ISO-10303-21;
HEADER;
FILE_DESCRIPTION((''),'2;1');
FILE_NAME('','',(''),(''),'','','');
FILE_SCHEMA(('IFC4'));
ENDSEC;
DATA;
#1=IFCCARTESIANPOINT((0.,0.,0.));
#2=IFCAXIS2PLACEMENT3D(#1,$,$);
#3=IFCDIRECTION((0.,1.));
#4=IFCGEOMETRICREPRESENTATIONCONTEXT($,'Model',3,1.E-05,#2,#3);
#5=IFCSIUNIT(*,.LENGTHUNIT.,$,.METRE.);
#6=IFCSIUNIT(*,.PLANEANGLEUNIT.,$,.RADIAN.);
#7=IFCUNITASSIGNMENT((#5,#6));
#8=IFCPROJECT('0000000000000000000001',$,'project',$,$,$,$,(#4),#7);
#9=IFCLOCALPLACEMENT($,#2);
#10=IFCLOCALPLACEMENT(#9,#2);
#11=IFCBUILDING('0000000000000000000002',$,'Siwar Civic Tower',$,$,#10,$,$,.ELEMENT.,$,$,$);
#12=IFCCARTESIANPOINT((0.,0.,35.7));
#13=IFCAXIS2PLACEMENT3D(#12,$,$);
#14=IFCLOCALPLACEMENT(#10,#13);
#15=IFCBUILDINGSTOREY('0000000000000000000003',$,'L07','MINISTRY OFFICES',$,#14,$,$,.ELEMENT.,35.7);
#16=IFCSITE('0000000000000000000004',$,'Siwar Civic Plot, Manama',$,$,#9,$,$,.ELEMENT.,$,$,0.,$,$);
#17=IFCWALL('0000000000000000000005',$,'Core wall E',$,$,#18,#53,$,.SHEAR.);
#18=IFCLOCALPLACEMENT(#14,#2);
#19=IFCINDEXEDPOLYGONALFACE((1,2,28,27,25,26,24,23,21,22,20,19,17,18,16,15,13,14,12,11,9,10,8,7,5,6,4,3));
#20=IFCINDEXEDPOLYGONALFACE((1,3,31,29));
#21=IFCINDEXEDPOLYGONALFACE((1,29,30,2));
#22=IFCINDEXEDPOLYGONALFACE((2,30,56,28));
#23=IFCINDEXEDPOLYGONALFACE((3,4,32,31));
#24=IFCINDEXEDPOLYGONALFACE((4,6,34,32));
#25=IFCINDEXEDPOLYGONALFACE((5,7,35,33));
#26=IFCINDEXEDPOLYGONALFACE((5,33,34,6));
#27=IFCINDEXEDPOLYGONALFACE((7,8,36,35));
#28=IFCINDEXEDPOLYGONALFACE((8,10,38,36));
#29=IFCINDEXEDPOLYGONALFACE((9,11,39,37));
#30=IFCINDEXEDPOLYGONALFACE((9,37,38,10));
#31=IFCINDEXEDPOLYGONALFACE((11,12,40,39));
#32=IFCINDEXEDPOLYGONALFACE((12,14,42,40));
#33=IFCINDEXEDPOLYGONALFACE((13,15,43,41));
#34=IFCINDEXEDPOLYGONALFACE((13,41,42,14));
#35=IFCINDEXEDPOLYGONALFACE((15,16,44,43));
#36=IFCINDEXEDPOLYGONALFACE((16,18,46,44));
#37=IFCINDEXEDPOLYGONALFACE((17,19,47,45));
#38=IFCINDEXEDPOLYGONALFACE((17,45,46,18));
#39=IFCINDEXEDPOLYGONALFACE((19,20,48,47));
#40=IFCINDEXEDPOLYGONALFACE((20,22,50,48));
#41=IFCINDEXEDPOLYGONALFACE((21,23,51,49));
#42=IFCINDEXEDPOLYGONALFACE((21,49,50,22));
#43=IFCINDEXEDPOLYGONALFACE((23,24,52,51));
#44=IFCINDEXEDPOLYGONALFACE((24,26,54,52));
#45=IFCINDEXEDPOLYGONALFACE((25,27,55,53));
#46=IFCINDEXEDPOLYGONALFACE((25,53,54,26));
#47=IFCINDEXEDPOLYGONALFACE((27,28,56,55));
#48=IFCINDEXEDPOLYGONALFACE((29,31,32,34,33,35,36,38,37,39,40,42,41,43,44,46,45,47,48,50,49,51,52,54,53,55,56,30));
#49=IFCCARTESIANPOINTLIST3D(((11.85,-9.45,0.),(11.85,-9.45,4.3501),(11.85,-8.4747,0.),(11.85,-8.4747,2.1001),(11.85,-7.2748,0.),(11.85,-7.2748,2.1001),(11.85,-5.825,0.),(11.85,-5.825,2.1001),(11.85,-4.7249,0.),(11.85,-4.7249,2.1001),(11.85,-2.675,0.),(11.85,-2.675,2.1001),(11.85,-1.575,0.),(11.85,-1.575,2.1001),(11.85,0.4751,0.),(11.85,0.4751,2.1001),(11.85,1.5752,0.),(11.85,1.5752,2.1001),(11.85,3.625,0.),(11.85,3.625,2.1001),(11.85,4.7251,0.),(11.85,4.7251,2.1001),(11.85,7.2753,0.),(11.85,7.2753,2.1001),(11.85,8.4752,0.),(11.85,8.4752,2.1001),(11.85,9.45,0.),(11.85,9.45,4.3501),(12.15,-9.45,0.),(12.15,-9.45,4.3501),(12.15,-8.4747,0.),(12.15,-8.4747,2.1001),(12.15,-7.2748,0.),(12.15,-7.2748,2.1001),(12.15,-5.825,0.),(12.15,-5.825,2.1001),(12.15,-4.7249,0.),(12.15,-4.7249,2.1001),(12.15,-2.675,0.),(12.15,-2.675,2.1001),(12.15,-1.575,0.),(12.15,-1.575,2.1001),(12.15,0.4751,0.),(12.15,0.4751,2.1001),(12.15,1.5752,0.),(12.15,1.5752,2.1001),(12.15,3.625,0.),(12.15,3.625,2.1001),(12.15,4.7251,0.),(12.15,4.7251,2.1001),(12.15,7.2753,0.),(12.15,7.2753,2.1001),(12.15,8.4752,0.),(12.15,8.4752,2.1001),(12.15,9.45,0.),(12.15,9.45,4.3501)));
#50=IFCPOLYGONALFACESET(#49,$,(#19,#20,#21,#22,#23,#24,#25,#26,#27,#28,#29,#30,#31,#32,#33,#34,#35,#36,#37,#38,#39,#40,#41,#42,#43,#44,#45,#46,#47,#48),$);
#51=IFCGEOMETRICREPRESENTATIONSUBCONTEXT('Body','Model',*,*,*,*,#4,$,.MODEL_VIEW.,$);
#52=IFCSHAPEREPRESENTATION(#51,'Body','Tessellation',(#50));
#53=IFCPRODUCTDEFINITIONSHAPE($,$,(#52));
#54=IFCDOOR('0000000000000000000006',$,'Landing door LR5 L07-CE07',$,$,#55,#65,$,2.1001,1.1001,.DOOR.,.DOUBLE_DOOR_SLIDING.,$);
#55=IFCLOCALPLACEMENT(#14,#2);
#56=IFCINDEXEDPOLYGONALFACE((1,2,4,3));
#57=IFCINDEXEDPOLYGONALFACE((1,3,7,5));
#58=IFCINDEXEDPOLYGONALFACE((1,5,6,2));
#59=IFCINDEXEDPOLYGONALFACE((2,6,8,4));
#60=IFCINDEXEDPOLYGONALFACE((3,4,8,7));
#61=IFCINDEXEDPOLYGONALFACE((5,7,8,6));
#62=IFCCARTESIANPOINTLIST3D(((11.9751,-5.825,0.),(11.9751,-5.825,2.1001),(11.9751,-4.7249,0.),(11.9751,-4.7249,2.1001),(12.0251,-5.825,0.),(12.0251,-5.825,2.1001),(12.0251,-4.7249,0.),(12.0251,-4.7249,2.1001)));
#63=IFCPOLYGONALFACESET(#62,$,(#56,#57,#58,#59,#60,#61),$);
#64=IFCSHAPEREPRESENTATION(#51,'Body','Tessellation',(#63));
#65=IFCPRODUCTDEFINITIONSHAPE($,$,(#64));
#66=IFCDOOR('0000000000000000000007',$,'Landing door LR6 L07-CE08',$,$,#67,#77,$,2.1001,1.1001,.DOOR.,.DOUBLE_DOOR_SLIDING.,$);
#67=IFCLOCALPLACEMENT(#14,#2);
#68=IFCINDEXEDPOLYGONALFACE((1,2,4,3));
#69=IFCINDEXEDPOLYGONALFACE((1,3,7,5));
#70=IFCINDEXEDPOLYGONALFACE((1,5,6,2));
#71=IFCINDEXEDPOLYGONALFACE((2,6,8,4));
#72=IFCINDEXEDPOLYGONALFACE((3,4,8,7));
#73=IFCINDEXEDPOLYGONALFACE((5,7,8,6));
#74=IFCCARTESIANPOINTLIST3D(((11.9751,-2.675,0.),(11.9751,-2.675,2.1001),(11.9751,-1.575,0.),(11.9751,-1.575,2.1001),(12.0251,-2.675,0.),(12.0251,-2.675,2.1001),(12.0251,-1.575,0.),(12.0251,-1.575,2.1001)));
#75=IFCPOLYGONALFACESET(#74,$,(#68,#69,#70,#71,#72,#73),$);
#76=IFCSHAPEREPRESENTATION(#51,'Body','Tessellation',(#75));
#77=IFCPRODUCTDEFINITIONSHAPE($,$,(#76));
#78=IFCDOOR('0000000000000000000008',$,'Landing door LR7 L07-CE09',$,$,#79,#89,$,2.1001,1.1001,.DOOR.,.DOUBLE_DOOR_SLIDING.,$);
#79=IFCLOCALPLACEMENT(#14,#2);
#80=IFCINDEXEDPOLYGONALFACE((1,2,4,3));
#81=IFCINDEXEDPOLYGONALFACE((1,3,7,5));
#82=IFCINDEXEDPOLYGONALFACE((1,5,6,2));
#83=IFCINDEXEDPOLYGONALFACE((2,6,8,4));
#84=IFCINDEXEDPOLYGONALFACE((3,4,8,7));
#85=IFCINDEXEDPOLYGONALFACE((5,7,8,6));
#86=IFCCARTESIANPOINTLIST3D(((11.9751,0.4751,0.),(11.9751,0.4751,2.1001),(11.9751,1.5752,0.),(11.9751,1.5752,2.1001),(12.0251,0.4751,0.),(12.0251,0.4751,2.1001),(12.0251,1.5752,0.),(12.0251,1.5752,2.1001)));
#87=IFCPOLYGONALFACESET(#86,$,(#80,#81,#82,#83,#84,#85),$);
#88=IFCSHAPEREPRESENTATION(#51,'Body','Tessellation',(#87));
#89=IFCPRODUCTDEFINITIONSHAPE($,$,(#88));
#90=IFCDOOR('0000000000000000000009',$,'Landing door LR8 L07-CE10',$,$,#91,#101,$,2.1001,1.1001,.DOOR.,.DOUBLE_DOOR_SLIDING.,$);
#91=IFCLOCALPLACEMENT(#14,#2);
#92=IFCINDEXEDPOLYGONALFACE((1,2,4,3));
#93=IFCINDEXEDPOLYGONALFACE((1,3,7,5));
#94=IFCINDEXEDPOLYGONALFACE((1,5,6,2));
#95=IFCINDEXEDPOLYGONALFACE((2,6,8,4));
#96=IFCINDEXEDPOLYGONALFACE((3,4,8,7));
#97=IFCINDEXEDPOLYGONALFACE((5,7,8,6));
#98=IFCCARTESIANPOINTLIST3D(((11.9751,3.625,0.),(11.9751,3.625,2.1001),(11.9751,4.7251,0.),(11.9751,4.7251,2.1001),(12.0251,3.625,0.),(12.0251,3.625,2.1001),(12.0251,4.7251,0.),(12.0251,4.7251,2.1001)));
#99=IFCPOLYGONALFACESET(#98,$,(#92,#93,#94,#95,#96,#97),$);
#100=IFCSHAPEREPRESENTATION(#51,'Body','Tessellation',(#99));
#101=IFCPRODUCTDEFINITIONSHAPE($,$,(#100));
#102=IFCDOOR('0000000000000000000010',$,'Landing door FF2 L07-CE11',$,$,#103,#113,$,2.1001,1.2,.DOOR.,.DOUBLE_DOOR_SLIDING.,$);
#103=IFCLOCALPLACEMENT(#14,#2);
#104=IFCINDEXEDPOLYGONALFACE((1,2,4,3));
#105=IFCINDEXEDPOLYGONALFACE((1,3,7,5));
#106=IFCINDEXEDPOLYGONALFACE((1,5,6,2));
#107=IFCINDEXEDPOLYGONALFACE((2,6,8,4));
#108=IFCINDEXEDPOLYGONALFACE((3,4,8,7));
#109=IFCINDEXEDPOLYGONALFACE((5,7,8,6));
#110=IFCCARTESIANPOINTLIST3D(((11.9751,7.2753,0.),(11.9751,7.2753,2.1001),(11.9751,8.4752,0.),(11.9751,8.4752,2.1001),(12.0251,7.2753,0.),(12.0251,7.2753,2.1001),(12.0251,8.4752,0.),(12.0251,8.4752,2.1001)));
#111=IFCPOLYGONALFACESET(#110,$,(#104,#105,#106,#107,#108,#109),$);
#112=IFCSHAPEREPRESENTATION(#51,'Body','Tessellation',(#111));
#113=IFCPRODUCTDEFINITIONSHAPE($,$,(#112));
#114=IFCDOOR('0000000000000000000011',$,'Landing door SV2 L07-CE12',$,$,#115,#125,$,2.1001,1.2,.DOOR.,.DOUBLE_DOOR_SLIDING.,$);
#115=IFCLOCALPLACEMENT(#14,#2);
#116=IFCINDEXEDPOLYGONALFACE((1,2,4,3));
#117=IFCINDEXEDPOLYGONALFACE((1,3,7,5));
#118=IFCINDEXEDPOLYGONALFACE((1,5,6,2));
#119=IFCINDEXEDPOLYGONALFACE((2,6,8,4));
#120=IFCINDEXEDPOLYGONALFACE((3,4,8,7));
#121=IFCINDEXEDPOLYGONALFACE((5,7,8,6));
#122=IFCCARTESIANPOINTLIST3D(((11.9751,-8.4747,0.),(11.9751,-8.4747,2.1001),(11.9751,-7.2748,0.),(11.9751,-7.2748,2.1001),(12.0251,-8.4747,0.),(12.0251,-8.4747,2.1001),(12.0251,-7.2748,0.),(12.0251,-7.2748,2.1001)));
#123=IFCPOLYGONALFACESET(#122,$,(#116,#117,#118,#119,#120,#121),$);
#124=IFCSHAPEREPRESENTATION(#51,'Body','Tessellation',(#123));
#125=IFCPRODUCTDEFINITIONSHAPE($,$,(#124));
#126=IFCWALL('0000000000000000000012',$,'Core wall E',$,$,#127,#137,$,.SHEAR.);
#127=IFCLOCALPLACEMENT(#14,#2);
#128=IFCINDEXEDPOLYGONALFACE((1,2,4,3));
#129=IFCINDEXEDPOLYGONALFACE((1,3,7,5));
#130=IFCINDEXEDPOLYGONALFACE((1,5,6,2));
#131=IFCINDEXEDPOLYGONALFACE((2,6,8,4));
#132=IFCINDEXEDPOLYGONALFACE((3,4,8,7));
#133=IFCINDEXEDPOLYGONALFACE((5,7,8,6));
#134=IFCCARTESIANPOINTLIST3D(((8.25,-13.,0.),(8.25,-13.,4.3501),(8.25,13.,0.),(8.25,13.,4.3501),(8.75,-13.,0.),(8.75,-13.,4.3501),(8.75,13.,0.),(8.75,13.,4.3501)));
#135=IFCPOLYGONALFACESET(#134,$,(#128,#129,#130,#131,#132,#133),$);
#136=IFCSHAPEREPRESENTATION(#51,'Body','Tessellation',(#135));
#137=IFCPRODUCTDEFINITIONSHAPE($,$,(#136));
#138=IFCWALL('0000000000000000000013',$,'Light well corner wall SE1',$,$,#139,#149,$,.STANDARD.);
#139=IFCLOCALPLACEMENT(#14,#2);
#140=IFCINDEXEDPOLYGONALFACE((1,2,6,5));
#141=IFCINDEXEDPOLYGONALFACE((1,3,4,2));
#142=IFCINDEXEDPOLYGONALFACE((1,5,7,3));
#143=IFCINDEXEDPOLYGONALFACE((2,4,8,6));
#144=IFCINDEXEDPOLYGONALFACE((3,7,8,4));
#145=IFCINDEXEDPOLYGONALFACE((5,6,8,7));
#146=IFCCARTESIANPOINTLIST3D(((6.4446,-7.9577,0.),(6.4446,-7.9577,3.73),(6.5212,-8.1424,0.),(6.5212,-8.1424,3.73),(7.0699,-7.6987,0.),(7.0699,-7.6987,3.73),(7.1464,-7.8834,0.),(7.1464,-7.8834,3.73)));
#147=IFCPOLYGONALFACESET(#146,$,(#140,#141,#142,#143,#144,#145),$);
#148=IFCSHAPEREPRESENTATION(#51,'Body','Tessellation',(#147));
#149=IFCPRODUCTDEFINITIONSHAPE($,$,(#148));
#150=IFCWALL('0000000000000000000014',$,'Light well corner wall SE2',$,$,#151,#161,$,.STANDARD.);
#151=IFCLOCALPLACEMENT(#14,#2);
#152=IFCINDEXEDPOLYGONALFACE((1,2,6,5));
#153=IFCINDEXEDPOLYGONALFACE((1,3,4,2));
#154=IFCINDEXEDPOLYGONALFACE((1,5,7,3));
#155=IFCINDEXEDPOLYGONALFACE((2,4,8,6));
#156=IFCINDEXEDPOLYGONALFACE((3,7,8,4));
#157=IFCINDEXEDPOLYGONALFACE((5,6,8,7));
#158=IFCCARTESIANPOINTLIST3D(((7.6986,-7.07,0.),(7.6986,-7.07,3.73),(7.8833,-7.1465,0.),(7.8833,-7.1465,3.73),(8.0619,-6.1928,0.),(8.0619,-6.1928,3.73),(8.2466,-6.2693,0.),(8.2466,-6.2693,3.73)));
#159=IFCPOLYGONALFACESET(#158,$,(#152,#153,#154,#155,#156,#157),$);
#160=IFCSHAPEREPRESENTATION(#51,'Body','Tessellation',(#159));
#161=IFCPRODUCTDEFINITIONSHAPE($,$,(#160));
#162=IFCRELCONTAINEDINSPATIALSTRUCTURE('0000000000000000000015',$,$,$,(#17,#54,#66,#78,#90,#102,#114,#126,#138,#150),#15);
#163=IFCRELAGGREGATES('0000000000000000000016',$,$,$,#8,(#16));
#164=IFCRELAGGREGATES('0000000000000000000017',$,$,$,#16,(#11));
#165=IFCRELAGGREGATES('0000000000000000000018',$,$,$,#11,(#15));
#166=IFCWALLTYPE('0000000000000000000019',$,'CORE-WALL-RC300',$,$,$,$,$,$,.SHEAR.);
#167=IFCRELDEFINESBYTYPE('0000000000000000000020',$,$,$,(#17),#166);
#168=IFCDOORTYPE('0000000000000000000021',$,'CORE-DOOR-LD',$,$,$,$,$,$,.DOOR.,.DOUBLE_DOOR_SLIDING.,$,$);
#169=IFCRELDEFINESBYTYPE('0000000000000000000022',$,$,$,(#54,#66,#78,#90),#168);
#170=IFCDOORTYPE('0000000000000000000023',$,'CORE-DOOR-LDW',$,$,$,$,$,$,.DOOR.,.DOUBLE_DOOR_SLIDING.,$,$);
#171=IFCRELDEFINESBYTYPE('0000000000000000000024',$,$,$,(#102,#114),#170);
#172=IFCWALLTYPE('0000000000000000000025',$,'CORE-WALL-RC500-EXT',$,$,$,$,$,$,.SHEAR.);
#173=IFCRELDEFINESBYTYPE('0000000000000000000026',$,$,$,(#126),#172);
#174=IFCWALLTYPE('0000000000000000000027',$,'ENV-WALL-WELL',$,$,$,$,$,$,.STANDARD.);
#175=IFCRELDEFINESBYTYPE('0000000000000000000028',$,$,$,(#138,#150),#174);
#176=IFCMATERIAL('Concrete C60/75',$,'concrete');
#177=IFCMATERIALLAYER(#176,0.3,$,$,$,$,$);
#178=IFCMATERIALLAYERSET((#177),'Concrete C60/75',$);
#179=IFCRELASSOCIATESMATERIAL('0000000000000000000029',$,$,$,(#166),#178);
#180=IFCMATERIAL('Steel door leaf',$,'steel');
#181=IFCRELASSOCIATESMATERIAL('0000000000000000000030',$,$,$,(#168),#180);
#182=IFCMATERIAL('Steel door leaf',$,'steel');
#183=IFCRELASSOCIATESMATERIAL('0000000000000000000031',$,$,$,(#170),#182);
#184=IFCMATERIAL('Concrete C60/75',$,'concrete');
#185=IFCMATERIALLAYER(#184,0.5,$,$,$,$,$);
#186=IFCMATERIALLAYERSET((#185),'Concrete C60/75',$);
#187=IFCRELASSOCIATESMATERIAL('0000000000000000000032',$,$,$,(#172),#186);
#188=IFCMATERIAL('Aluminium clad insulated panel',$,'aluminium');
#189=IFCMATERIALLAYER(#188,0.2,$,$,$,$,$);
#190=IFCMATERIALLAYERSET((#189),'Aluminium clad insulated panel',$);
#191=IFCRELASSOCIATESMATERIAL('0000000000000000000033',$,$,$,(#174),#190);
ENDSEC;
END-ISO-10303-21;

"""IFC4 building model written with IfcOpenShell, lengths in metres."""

from ifc_helpers import new_model, si_unit, direction, frame, frame_2d, origin, place, context, subcontext, project, spatial, rectangle, extrude, material, layer, layer_set, type_object, element, fill, save


model = new_model("IFC4")

# Units and contexts
model_context = context("Model", 3, precision=1e-05, world=origin(), true_north=direction((0.0, 1.0)))
body_context = subcontext(model_context, "Body", "Model", "MODEL_VIEW")
ifc_project = project(units=[si_unit("LENGTHUNIT", "METRE"), si_unit("PLANEANGLEUNIT", "RADIAN")], contexts=[model_context])

# Site, building, storey
site_placement = place(None, origin())
site = spatial("IfcSite", under=ifc_project, at=site_placement, Name="Siwar Civic Plot, Manama", CompositionType="ELEMENT", RefElevation=0.0)
building_placement = place(site_placement, origin())
building = spatial("IfcBuilding", under=site, at=building_placement, Name="Siwar Civic Tower", CompositionType="ELEMENT")
storey_placement = place(building_placement, frame((0.0, 0.0, 35.7)))
storey = spatial("IfcBuildingStorey", under=building, at=storey_placement, Name="L07", Description="MINISTRY OFFICES", CompositionType="ELEMENT", Elevation=35.7)

# Wall, openings, doors
ifc_material_1 = material(Name="Concrete C60/75", Category="concrete")
ifc_layer_1 = layer(ifc_material_1, 0.3)
ifc_layer_set_1 = layer_set([ifc_layer_1], Name="Concrete C60/75")
wall_type_1 = type_object("IfcWallType", Name="CORE-WALL-RC300", PredefinedType="SHEAR", material=ifc_layer_set_1)
wall_1_placement = place(storey_placement, frame((12.0, -9.45, 0.0), z_axis=(0.0, 0.0, 1.0), x_axis=(0.0, 1.0, 0.0)))
wall_1 = element("IfcWall", 1, at=wall_1_placement, inside=storey, type_object=wall_type_1, Name="Core wall E", PredefinedType="SHEAR", context=body_context, shape_type="SweptSolid", body=[
    extrude(rectangle(XDim=18.8999, YDim=0.3, at=frame_2d((9.45, 0.0))), origin(), (0.0, 0.0, 1.0), 4.3501),
])
opening_1_placement = place(wall_1_placement, frame((3.625, 0.0, 0.0)))
opening_1 = element("IfcOpeningElement", 2, at=opening_1_placement, cuts=wall_1, PredefinedType="OPENING", context=body_context, shape_type="SweptSolid", body=[
    extrude(rectangle(XDim=1.1001, YDim=2.1001, at=frame_2d((0.55, 1.05))), frame((0.0, 0.1602, 0.0), z_axis=(0.0, -1.0, 0.0), x_axis=(1.0, 0.0, 0.0)), (0.0, 0.0, 1.0), 0.3201),
])
opening_2_placement = place(wall_1_placement, frame((6.7749, 0.0, 0.0)))
opening_2 = element("IfcOpeningElement", 3, at=opening_2_placement, cuts=wall_1, PredefinedType="OPENING", context=body_context, shape_type="SweptSolid", body=[
    extrude(rectangle(XDim=1.1001, YDim=2.1001, at=frame_2d((0.55, 1.05))), frame((0.0, 0.1602, 0.0), z_axis=(0.0, -1.0, 0.0), x_axis=(1.0, 0.0, 0.0)), (0.0, 0.0, 1.0), 0.3201),
])
opening_3_placement = place(wall_1_placement, frame((9.925, 0.0, 0.0)))
opening_3 = element("IfcOpeningElement", 4, at=opening_3_placement, cuts=wall_1, PredefinedType="OPENING", context=body_context, shape_type="SweptSolid", body=[
    extrude(rectangle(XDim=1.1001, YDim=2.1001, at=frame_2d((0.55, 1.05))), frame((0.0, 0.1602, 0.0), z_axis=(0.0, -1.0, 0.0), x_axis=(1.0, 0.0, 0.0)), (0.0, 0.0, 1.0), 0.3201),
])
opening_4_placement = place(wall_1_placement, frame((13.075, 0.0, 0.0)))
opening_4 = element("IfcOpeningElement", 5, at=opening_4_placement, cuts=wall_1, PredefinedType="OPENING", context=body_context, shape_type="SweptSolid", body=[
    extrude(rectangle(XDim=1.1001, YDim=2.1001, at=frame_2d((0.55, 1.05))), frame((0.0, 0.1602, 0.0), z_axis=(0.0, -1.0, 0.0), x_axis=(1.0, 0.0, 0.0)), (0.0, 0.0, 1.0), 0.3201),
])
opening_5_placement = place(wall_1_placement, frame((16.7251, 0.0, 0.0)))
opening_5 = element("IfcOpeningElement", 6, at=opening_5_placement, cuts=wall_1, PredefinedType="OPENING", context=body_context, shape_type="SweptSolid", body=[
    extrude(rectangle(XDim=1.2, YDim=2.1001, at=frame_2d((0.6001, 1.05))), frame((0.0, 0.1602, 0.0), z_axis=(0.0, -1.0, 0.0), x_axis=(1.0, 0.0, 0.0)), (0.0, 0.0, 1.0), 0.3201),
])
opening_6_placement = place(wall_1_placement, frame((0.9751, 0.0, 0.0)))
opening_6 = element("IfcOpeningElement", 7, at=opening_6_placement, cuts=wall_1, PredefinedType="OPENING", context=body_context, shape_type="SweptSolid", body=[
    extrude(rectangle(XDim=1.2, YDim=2.1001, at=frame_2d((0.6001, 1.05))), frame((0.0, 0.1602, 0.0), z_axis=(0.0, -1.0, 0.0), x_axis=(1.0, 0.0, 0.0)), (0.0, 0.0, 1.0), 0.3201),
])
ifc_material_2 = material(Name="Steel door leaf", Category="steel")
door_type_1 = type_object("IfcDoorType", Name="CORE-DOOR-LD", OperationType="DOUBLE_DOOR_SLIDING", PredefinedType="DOOR", material=ifc_material_2)
door_1_placement = place(opening_1_placement, origin())
door_1 = element("IfcDoor", 8, at=door_1_placement, inside=storey, type_object=door_type_1, Name="Landing door LR5 L07-CE07", OperationType="DOUBLE_DOOR_SLIDING", OverallHeight=2.1001, OverallWidth=1.1001, PredefinedType="DOOR", context=body_context, shape_type="SweptSolid", body=[
    extrude(rectangle(XDim=1.1001, YDim=2.1001, at=frame_2d((0.55, 1.05))), frame((0.0, 0.0249, 0.0), z_axis=(0.0, -1.0, 0.0), x_axis=(1.0, 0.0, 0.0)), (0.0, 0.0, 1.0), 0.05),
])
fill(opening_1, door_1)
door_2_placement = place(opening_2_placement, origin())
door_2 = element("IfcDoor", 9, at=door_2_placement, inside=storey, type_object=door_type_1, Name="Landing door LR6 L07-CE08", OperationType="DOUBLE_DOOR_SLIDING", OverallHeight=2.1001, OverallWidth=1.1001, PredefinedType="DOOR", context=body_context, shape_type="SweptSolid", body=[
    extrude(rectangle(XDim=1.1001, YDim=2.1001, at=frame_2d((0.55, 1.05))), frame((0.0, 0.0249, 0.0), z_axis=(0.0, -1.0, 0.0), x_axis=(1.0, 0.0, 0.0)), (0.0, 0.0, 1.0), 0.05),
])
fill(opening_2, door_2)
door_3_placement = place(opening_3_placement, origin())
door_3 = element("IfcDoor", 10, at=door_3_placement, inside=storey, type_object=door_type_1, Name="Landing door LR7 L07-CE09", OperationType="DOUBLE_DOOR_SLIDING", OverallHeight=2.1001, OverallWidth=1.1001, PredefinedType="DOOR", context=body_context, shape_type="SweptSolid", body=[
    extrude(rectangle(XDim=1.1001, YDim=2.1001, at=frame_2d((0.55, 1.05))), frame((0.0, 0.0249, 0.0), z_axis=(0.0, -1.0, 0.0), x_axis=(1.0, 0.0, 0.0)), (0.0, 0.0, 1.0), 0.05),
])
fill(opening_3, door_3)
door_4_placement = place(opening_4_placement, origin())
door_4 = element("IfcDoor", 11, at=door_4_placement, inside=storey, type_object=door_type_1, Name="Landing door LR8 L07-CE10", OperationType="DOUBLE_DOOR_SLIDING", OverallHeight=2.1001, OverallWidth=1.1001, PredefinedType="DOOR", context=body_context, shape_type="SweptSolid", body=[
    extrude(rectangle(XDim=1.1001, YDim=2.1001, at=frame_2d((0.55, 1.05))), frame((0.0, 0.0249, 0.0), z_axis=(0.0, -1.0, 0.0), x_axis=(1.0, 0.0, 0.0)), (0.0, 0.0, 1.0), 0.05),
])
fill(opening_4, door_4)
ifc_material_3 = material(Name="Steel door leaf", Category="steel")
door_type_2 = type_object("IfcDoorType", Name="CORE-DOOR-LDW", OperationType="DOUBLE_DOOR_SLIDING", PredefinedType="DOOR", material=ifc_material_3)
door_5_placement = place(opening_5_placement, origin())
door_5 = element("IfcDoor", 12, at=door_5_placement, inside=storey, type_object=door_type_2, Name="Landing door FF2 L07-CE11", OperationType="DOUBLE_DOOR_SLIDING", OverallHeight=2.1001, OverallWidth=1.2, PredefinedType="DOOR", context=body_context, shape_type="SweptSolid", body=[
    extrude(rectangle(XDim=1.2, YDim=2.1001, at=frame_2d((0.6001, 1.05))), frame((0.0, 0.0249, 0.0), z_axis=(0.0, -1.0, 0.0), x_axis=(1.0, 0.0, 0.0)), (0.0, 0.0, 1.0), 0.05),
])
fill(opening_5, door_5)
door_6_placement = place(opening_6_placement, origin())
door_6 = element("IfcDoor", 13, at=door_6_placement, inside=storey, type_object=door_type_2, Name="Landing door SV2 L07-CE12", OperationType="DOUBLE_DOOR_SLIDING", OverallHeight=2.1001, OverallWidth=1.2, PredefinedType="DOOR", context=body_context, shape_type="SweptSolid", body=[
    extrude(rectangle(XDim=1.2, YDim=2.1001, at=frame_2d((0.6001, 1.05))), frame((0.0, 0.0249, 0.0), z_axis=(0.0, -1.0, 0.0), x_axis=(1.0, 0.0, 0.0)), (0.0, 0.0, 1.0), 0.05),
])
fill(opening_6, door_6)

# Walls
ifc_material_4 = material(Name="Concrete C60/75", Category="concrete")
ifc_layer_2 = layer(ifc_material_4, 0.5)
ifc_layer_set_2 = layer_set([ifc_layer_2], Name="Concrete C60/75")
wall_type_2 = type_object("IfcWallType", Name="CORE-WALL-RC500-EXT", PredefinedType="SHEAR", material=ifc_layer_set_2)
wall_2_placement = place(storey_placement, frame((8.5, -13.0, 0.0), z_axis=(0.0, 0.0, 1.0), x_axis=(0.0, 1.0, 0.0)))
element("IfcWall", 14, at=wall_2_placement, inside=storey, type_object=wall_type_2, Name="Core wall E", PredefinedType="SHEAR", context=body_context, shape_type="SweptSolid", body=[
    extrude(rectangle(XDim=26.0, YDim=0.5, at=frame_2d((13.0, 0.0))), origin(), (0.0, 0.0, 1.0), 4.3501),
])
ifc_material_5 = material(Name="Aluminium clad insulated panel", Category="aluminium")
ifc_layer_3 = layer(ifc_material_5, 0.2)
ifc_layer_set_3 = layer_set([ifc_layer_3], Name="Aluminium clad insulated panel")
wall_type_3 = type_object("IfcWallType", Name="ENV-WALL-WELL", PredefinedType="STANDARD", material=ifc_layer_set_3)
wall_3_placement = place(storey_placement, frame((6.4829, -8.05, 0.0), z_axis=(0.0, 0.0, 1.0), x_axis=(0.923854, 0.382745, 0.0)))
element("IfcWall", 15, at=wall_3_placement, inside=storey, type_object=wall_type_3, Name="Light well corner wall SE1", PredefinedType="STANDARD", context=body_context, shape_type="SweptSolid", body=[
    extrude(rectangle(XDim=0.6768, YDim=0.2, at=frame_2d((0.3384, 0.0))), origin(), (0.0, 0.0, 1.0), 3.73),
])
wall_4_placement = place(storey_placement, frame((7.791, -7.1082, 0.0), z_axis=(0.0, 0.0, 1.0), x_axis=(0.382624, 0.923904, 0.0)))
element("IfcWall", 16, at=wall_4_placement, inside=storey, type_object=wall_type_3, Name="Light well corner wall SE2", PredefinedType="STANDARD", context=body_context, shape_type="SweptSolid", body=[
    extrude(rectangle(XDim=0.9495, YDim=0.2, at=frame_2d((0.4746, 0.0))), origin(), (0.0, 0.0, 1.0), 3.73),
])

save(model, "model.ifc")
